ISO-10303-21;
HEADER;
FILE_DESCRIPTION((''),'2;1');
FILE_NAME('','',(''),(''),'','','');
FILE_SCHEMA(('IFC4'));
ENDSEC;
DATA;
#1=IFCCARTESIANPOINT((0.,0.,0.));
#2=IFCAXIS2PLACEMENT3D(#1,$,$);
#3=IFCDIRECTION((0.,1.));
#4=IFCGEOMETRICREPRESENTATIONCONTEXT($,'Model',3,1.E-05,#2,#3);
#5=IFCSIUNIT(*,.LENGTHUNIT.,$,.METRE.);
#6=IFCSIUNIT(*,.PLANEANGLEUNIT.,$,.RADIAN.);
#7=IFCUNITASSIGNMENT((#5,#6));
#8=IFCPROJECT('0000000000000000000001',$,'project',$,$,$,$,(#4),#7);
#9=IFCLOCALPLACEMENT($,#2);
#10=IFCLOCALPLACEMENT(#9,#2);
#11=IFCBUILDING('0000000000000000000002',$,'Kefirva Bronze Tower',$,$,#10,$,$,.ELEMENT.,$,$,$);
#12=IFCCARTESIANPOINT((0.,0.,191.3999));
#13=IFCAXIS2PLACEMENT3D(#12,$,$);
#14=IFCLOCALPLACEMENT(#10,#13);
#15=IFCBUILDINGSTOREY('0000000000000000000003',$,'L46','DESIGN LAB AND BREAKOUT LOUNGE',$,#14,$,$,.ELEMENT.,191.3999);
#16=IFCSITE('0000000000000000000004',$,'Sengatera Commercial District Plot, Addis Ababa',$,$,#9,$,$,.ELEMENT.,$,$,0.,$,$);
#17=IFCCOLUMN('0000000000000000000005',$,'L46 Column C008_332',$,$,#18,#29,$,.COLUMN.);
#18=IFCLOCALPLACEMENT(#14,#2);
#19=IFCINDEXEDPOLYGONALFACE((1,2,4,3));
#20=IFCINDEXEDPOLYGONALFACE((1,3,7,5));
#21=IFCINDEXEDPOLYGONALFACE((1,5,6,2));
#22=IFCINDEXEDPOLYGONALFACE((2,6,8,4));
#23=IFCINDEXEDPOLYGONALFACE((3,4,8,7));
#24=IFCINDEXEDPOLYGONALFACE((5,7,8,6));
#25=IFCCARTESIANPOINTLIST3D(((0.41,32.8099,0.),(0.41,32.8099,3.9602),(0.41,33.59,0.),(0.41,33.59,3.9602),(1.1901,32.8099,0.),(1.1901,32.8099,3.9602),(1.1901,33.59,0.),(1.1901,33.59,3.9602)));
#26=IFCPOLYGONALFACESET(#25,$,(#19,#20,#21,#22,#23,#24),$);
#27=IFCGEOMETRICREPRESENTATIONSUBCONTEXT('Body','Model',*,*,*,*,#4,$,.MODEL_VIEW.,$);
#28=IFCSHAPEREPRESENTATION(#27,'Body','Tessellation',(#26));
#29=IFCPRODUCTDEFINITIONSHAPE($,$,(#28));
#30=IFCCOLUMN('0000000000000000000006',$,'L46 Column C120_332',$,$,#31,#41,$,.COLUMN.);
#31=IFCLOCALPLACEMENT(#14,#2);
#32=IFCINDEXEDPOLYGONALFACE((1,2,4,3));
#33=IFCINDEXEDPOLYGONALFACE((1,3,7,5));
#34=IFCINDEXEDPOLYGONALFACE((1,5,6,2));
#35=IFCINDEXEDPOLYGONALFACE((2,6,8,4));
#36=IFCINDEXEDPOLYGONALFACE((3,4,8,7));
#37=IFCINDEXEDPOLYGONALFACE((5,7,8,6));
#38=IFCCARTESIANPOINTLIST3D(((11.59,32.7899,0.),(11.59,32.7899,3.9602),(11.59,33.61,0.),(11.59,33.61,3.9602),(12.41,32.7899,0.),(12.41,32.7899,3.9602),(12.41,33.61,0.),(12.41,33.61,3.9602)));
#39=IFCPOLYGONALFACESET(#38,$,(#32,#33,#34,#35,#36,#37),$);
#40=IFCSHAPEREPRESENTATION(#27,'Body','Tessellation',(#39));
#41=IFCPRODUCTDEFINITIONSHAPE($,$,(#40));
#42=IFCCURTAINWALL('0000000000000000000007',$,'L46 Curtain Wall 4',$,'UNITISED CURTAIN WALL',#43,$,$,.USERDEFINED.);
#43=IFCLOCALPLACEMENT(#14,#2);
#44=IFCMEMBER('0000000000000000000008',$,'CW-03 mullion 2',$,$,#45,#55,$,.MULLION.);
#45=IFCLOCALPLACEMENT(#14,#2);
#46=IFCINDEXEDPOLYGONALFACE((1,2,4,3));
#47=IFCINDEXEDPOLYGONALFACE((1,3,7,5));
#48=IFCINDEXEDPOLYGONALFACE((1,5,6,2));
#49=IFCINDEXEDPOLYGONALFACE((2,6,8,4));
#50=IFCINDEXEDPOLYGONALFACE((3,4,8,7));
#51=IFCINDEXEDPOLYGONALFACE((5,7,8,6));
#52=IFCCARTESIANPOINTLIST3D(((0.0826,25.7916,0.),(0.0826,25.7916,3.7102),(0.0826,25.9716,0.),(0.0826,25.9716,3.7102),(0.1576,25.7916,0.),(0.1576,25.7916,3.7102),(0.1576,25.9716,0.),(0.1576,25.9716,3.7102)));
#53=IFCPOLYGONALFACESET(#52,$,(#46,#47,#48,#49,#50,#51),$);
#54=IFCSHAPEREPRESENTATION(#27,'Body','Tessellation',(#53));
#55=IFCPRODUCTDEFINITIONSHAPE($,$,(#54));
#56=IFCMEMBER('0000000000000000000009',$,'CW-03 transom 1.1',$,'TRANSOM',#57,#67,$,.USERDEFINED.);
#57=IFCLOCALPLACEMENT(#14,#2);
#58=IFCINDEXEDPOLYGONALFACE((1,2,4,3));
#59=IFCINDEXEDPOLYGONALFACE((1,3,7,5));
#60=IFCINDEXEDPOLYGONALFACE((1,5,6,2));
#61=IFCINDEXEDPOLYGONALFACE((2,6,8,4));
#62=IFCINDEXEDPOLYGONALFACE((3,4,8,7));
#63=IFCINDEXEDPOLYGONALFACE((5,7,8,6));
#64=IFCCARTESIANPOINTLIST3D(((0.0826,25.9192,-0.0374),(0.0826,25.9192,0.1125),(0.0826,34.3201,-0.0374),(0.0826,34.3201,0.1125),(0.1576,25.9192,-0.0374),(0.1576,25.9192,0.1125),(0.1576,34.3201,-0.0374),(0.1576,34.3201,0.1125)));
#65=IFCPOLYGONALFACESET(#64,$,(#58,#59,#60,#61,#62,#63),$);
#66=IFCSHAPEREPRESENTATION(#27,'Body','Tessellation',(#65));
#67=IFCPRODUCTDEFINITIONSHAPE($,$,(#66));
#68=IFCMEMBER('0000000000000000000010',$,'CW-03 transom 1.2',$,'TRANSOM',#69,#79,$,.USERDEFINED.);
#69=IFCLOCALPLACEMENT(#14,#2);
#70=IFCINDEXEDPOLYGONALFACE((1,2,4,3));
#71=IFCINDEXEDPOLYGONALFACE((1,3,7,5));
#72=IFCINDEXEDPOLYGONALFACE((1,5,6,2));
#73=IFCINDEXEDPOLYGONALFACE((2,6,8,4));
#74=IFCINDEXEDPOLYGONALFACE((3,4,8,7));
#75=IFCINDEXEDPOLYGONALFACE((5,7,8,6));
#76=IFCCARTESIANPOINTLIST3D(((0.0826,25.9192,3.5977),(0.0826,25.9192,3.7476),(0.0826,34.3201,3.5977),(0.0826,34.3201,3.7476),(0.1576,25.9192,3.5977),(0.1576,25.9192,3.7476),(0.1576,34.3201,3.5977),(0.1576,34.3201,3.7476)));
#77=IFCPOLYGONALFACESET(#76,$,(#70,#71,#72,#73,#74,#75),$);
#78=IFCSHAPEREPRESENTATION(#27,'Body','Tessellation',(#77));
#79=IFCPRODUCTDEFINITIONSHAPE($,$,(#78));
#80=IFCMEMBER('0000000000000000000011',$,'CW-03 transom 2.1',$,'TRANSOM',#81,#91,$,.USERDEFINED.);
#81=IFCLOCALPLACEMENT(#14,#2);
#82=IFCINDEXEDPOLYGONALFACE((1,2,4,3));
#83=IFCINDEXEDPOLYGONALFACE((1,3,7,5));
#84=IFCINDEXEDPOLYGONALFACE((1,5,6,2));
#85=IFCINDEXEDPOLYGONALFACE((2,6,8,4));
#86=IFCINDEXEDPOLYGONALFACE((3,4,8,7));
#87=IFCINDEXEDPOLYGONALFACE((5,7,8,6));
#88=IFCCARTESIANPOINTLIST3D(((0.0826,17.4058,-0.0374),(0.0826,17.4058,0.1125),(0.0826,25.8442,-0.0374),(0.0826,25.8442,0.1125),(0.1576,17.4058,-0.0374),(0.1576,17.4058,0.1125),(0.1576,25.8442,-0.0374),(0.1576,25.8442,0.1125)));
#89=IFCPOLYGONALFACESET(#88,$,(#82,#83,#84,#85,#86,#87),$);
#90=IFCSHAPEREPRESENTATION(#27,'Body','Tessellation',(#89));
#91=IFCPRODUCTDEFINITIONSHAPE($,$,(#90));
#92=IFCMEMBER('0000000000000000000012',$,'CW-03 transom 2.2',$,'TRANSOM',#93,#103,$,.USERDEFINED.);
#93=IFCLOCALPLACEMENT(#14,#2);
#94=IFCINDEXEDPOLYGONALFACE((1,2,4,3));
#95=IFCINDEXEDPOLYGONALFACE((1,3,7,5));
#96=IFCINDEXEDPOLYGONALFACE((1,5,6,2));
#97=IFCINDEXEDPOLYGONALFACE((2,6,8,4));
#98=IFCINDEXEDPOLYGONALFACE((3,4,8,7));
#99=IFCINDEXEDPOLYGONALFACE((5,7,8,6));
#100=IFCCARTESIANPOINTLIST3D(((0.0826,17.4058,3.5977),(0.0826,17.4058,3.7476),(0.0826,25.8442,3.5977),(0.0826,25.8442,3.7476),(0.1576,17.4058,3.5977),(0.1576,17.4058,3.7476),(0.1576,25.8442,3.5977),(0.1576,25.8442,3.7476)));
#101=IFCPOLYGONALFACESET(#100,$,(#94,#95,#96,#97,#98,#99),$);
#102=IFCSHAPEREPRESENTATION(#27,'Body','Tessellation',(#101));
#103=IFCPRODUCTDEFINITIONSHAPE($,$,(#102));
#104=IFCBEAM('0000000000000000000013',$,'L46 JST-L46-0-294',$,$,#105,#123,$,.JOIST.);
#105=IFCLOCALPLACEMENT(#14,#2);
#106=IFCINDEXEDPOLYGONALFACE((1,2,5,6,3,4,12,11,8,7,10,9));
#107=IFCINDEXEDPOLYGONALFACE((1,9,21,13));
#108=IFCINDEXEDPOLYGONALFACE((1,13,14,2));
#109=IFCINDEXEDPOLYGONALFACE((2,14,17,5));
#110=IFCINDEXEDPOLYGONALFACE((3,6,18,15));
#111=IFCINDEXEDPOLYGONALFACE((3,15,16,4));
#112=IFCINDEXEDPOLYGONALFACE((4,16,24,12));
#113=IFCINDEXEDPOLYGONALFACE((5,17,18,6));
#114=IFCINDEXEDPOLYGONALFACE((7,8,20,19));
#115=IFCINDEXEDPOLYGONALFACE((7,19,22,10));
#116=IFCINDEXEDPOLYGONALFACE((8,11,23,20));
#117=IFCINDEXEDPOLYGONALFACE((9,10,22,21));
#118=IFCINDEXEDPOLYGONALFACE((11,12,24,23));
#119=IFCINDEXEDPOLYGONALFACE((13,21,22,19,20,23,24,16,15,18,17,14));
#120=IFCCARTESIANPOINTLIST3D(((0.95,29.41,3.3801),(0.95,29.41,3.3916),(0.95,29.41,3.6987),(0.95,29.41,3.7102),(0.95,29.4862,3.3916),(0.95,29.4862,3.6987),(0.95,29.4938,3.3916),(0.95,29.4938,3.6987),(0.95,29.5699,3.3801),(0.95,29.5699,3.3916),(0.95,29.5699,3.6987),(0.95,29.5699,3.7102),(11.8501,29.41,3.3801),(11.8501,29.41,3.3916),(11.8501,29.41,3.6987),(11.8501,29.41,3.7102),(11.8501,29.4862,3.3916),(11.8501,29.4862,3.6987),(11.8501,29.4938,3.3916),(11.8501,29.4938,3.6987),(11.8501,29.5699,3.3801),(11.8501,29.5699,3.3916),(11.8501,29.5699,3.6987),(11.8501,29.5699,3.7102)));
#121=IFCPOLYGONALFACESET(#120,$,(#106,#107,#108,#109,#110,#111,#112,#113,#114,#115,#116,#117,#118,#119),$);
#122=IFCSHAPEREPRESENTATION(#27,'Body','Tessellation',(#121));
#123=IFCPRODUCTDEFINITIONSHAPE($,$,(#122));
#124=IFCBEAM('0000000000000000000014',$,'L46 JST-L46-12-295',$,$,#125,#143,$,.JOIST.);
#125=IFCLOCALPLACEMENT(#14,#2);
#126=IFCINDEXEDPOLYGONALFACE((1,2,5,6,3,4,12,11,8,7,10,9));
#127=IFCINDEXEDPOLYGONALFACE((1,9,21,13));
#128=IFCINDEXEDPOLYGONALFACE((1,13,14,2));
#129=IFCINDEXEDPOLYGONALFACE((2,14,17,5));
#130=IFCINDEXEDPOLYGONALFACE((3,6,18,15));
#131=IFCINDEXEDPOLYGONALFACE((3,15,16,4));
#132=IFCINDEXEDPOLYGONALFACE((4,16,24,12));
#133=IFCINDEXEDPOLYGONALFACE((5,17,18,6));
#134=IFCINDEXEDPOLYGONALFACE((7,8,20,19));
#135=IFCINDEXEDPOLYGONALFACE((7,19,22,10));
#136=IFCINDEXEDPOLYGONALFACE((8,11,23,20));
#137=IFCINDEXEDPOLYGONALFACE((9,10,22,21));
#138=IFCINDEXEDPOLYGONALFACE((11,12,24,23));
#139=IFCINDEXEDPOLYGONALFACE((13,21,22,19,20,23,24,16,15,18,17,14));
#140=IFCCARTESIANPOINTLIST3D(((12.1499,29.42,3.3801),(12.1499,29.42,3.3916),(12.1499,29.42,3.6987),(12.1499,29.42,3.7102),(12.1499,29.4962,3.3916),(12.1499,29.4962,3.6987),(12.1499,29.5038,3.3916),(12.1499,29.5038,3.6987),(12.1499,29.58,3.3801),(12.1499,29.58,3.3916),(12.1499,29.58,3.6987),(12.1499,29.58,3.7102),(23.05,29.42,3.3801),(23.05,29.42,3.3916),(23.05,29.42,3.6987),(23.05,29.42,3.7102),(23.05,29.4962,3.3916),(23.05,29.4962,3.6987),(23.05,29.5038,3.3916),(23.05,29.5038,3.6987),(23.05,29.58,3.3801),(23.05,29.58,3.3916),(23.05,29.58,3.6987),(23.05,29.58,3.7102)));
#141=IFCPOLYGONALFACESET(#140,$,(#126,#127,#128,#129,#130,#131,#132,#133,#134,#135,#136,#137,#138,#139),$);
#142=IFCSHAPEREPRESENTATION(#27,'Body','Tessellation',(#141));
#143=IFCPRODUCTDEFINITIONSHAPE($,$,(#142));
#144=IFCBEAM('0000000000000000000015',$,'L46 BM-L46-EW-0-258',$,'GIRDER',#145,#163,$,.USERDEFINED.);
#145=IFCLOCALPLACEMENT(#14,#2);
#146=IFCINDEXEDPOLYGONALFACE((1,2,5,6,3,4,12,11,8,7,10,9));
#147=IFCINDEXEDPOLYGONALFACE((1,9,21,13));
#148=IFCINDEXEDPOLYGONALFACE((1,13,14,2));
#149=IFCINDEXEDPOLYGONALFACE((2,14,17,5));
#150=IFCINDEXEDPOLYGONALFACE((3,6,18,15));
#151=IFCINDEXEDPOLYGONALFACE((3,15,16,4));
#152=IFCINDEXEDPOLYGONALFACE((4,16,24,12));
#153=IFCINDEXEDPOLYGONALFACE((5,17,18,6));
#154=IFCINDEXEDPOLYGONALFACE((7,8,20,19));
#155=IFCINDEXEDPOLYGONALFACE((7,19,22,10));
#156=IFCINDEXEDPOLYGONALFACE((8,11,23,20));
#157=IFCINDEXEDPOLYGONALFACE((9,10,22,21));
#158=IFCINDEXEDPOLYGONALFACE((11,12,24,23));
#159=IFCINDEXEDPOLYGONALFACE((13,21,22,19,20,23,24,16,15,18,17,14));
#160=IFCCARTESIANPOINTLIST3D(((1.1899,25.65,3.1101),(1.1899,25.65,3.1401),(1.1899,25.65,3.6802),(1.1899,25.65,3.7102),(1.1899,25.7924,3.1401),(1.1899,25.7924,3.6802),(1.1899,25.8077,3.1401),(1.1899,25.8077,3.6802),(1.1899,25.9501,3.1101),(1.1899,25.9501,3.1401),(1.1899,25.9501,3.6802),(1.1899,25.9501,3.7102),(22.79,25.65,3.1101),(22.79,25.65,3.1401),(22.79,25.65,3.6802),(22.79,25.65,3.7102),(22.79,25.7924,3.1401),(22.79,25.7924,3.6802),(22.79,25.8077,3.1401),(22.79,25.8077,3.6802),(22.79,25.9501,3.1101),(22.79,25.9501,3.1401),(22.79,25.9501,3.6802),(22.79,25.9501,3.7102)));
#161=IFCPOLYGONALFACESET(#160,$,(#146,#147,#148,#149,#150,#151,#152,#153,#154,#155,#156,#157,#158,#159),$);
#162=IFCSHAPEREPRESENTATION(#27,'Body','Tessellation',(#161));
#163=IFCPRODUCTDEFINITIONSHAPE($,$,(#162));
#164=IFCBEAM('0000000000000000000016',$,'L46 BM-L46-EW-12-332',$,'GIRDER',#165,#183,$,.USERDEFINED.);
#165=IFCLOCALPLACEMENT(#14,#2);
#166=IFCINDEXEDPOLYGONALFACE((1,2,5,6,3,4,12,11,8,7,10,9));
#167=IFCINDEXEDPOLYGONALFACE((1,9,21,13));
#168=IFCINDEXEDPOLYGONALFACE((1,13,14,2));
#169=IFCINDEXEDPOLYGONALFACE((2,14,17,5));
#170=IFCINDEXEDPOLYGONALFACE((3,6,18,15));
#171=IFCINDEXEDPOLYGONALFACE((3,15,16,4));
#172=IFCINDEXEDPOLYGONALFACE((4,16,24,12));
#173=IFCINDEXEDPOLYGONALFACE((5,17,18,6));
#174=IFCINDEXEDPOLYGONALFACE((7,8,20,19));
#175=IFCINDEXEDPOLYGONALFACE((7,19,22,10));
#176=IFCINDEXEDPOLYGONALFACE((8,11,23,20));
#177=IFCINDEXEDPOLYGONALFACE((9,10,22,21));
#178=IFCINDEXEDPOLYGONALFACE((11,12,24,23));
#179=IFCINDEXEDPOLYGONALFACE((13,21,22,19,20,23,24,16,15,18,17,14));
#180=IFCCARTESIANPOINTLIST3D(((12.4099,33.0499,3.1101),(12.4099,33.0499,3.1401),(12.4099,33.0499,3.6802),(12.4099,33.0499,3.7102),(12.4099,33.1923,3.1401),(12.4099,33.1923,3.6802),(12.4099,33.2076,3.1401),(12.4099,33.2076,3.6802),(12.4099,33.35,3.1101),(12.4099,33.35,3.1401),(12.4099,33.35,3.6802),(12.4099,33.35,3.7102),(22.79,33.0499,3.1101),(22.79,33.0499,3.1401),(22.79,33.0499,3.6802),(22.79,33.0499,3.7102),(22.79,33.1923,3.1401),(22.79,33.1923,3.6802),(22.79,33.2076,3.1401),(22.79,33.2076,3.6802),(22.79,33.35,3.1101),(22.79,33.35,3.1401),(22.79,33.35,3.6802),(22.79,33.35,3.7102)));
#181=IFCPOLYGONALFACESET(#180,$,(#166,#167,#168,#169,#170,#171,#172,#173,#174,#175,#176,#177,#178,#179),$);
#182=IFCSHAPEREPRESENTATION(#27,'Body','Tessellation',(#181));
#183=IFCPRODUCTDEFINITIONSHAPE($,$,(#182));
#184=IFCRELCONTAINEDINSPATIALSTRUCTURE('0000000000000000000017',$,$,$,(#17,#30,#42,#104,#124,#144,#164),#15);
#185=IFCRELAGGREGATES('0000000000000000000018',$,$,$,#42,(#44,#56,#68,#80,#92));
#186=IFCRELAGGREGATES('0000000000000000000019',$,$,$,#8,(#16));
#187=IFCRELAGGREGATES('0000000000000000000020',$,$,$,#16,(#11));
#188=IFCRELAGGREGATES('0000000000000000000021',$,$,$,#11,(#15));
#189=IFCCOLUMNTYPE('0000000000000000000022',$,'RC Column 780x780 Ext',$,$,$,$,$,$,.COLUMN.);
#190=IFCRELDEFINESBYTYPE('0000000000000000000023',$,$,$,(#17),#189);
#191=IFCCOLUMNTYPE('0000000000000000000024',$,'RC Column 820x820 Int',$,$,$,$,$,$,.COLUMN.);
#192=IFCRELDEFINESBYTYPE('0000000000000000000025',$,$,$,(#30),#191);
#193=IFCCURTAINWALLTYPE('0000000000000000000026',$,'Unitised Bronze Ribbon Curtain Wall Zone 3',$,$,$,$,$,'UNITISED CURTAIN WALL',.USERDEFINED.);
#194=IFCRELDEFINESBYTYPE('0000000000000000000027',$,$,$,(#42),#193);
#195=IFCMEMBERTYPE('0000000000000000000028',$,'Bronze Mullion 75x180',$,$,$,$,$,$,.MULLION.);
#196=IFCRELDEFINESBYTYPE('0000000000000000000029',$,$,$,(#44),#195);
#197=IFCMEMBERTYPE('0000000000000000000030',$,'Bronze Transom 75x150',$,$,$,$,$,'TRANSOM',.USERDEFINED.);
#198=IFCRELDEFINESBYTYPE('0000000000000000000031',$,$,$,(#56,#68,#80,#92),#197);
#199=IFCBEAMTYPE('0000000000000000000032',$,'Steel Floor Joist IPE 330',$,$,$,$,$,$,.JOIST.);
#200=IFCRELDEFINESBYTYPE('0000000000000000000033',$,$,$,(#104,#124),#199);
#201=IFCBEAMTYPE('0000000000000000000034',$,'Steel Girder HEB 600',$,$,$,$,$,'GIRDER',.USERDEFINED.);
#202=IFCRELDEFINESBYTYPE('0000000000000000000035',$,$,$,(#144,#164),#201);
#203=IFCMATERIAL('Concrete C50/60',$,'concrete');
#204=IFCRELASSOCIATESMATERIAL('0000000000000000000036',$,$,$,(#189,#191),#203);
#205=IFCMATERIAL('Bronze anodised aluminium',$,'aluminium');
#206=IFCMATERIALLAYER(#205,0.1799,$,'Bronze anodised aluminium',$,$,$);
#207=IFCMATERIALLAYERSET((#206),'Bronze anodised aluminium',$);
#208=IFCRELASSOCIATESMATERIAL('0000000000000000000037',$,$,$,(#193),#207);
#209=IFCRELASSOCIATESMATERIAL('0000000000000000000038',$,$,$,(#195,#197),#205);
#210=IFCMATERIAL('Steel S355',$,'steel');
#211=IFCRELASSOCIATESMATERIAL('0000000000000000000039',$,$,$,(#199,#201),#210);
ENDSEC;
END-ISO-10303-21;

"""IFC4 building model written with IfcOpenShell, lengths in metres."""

from ifc_helpers import new_model, si_unit, direction, frame, origin, origin_2d, place, context, subcontext, project, spatial, rectangle, i_section, extrude, material, layer, layer_set, material_profile, profile_set, type_object, element, aggregate, save


model = new_model("IFC4")

# Units and contexts
model_context = context("Model", 3, precision=1e-05, world=origin(), true_north=direction((0.0, 1.0)))
body_context = subcontext(model_context, "Body", "Model", "MODEL_VIEW")
ifc_project = project(units=[si_unit("LENGTHUNIT", "METRE"), si_unit("PLANEANGLEUNIT", "RADIAN")], contexts=[model_context])

# Site, building, storey
site_placement = place(None, origin())
site = spatial("IfcSite", under=ifc_project, at=site_placement, Name="Sengatera Commercial District Plot, Addis Ababa", CompositionType="ELEMENT", RefElevation=0.0)
building_placement = place(site_placement, origin())
building = spatial("IfcBuilding", under=site, at=building_placement, Name="Kefirva Bronze Tower", CompositionType="ELEMENT")
storey_placement = place(building_placement, frame((0.0, 0.0, 191.3999)))
storey = spatial("IfcBuildingStorey", under=building, at=storey_placement, Name="L46", Description="DESIGN LAB AND BREAKOUT LOUNGE", CompositionType="ELEMENT", Elevation=191.3999)

# Columns
ifc_material_1 = material(Name="Concrete C50/60", Category="concrete")
ifc_material_profile_1 = material_profile(ifc_material_1, rectangle(XDim=0.78, YDim=0.78, at=origin_2d()), Name="RC 780x780")
ifc_profile_set_1 = profile_set([ifc_material_profile_1], Name="Concrete C50/60")
column_type_1 = type_object("IfcColumnType", Name="RC Column 780x780 Ext", PredefinedType="COLUMN", material=ifc_profile_set_1)
column_1_placement = place(storey_placement, frame((0.8, 33.2, 0.0), z_axis=(0.0, 0.0, 1.0), x_axis=(1.0, 0.0, 0.0)))
element("IfcColumn", 1, at=column_1_placement, inside=storey, type_object=column_type_1, Name="L46 Column C008_332", PredefinedType="COLUMN", context=body_context, shape_type="SweptSolid", body=[
    extrude(rectangle(XDim=0.78, YDim=0.78, at=origin_2d()), origin(), (0.0, 0.0, 1.0), 3.9602),
])
ifc_material_profile_2 = material_profile(ifc_material_1, rectangle(XDim=0.8201, YDim=0.8201, at=origin_2d()), Name="RC 820x820")
ifc_profile_set_2 = profile_set([ifc_material_profile_2], Name="Concrete C50/60")
column_type_2 = type_object("IfcColumnType", Name="RC Column 820x820 Int", PredefinedType="COLUMN", material=ifc_profile_set_2)
column_2_placement = place(storey_placement, frame((12.0, 33.2, 0.0), z_axis=(0.0, 0.0, 1.0), x_axis=(1.0, 0.0, 0.0)))
element("IfcColumn", 2, at=column_2_placement, inside=storey, type_object=column_type_2, Name="L46 Column C120_332", PredefinedType="COLUMN", context=body_context, shape_type="SweptSolid", body=[
    extrude(rectangle(XDim=0.8201, YDim=0.8201, at=origin_2d()), origin(), (0.0, 0.0, 1.0), 3.9602),
])

# Curtain wall, members
ifc_material_2 = material(Name="Bronze anodised aluminium", Category="aluminium")
ifc_layer_1 = layer(ifc_material_2, 0.1799, Name="Bronze anodised aluminium")
ifc_layer_set_1 = layer_set([ifc_layer_1], Name="Bronze anodised aluminium")
curtain_wall_type = type_object("IfcCurtainWallType", Name="Unitised Bronze Ribbon Curtain Wall Zone 3", ElementType="UNITISED CURTAIN WALL", PredefinedType="USERDEFINED", material=ifc_layer_set_1)
curtain_wall_placement = place(storey_placement, origin())
curtain_wall = element("IfcCurtainWall", 3, at=curtain_wall_placement, inside=storey, type_object=curtain_wall_type, Name="L46 Curtain Wall 4", ObjectType="UNITISED CURTAIN WALL", PredefinedType="USERDEFINED")
ifc_material_profile_3 = material_profile(ifc_material_2, rectangle(XDim=0.075, YDim=0.1799, at=origin_2d()), Name="ALU 75x180")
ifc_profile_set_3 = profile_set([ifc_material_profile_3], Name="Bronze anodised aluminium")
member_type_1 = type_object("IfcMemberType", Name="Bronze Mullion 75x180", PredefinedType="MULLION", material=ifc_profile_set_3)
member_1_placement = place(storey_placement, frame((0.1201, 25.8816, 0.0), z_axis=(0.0, 0.0, 1.0), x_axis=(1.0, 0.0, 0.0)))
member_1 = element("IfcMember", 4, at=member_1_placement, type_object=member_type_1, Name="CW-03 mullion 2", PredefinedType="MULLION", context=body_context, shape_type="SweptSolid", body=[
    extrude(rectangle(XDim=0.075, YDim=0.1799, at=origin_2d()), origin(), (0.0, 0.0, 1.0), 3.7102),
])
ifc_material_profile_4 = material_profile(ifc_material_2, rectangle(XDim=0.075, YDim=0.1499, at=origin_2d()), Name="ALU 75x150")
ifc_profile_set_4 = profile_set([ifc_material_profile_4], Name="Bronze anodised aluminium")
member_type_2 = type_object("IfcMemberType", Name="Bronze Transom 75x150", ElementType="TRANSOM", PredefinedType="USERDEFINED", material=ifc_profile_set_4)
member_2_placement = place(storey_placement, frame((0.1201, 34.3201, 0.0376), z_axis=(0.0, -1.0, 0.0), x_axis=(1.0, 0.0, 0.0)))
member_2 = element("IfcMember", 5, at=member_2_placement, type_object=member_type_2, Name="CW-03 transom 1.1", ObjectType="TRANSOM", PredefinedType="USERDEFINED", context=body_context, shape_type="SweptSolid", body=[
    extrude(rectangle(XDim=0.075, YDim=0.1499, at=origin_2d()), origin(), (0.0, 0.0, 1.0), 8.4009),
])
member_3_placement = place(storey_placement, frame((0.1201, 34.3201, 3.6726), z_axis=(0.0, -1.0, 0.0), x_axis=(1.0, 0.0, 0.0)))
member_3 = element("IfcMember", 6, at=member_3_placement, type_object=member_type_2, Name="CW-03 transom 1.2", ObjectType="TRANSOM", PredefinedType="USERDEFINED", context=body_context, shape_type="SweptSolid", body=[
    extrude(rectangle(XDim=0.075, YDim=0.1499, at=origin_2d()), origin(), (0.0, 0.0, 1.0), 8.4009),
])
member_4_placement = place(storey_placement, frame((0.1201, 25.8442, 0.0376), z_axis=(0.0, -1.0, 0.0), x_axis=(1.0, 0.0, 0.0)))
member_4 = element("IfcMember", 7, at=member_4_placement, type_object=member_type_2, Name="CW-03 transom 2.1", ObjectType="TRANSOM", PredefinedType="USERDEFINED", context=body_context, shape_type="SweptSolid", body=[
    extrude(rectangle(XDim=0.075, YDim=0.1499, at=origin_2d()), origin(), (0.0, 0.0, 1.0), 8.4385),
])
member_5_placement = place(storey_placement, frame((0.1201, 25.8442, 3.6726), z_axis=(0.0, -1.0, 0.0), x_axis=(1.0, 0.0, 0.0)))
member_5 = element("IfcMember", 8, at=member_5_placement, type_object=member_type_2, Name="CW-03 transom 2.2", ObjectType="TRANSOM", PredefinedType="USERDEFINED", context=body_context, shape_type="SweptSolid", body=[
    extrude(rectangle(XDim=0.075, YDim=0.1499, at=origin_2d()), origin(), (0.0, 0.0, 1.0), 8.4385),
])

# Beams
ifc_material_3 = material(Name="Steel S355", Category="steel")
ifc_material_profile_5 = material_profile(ifc_material_3, i_section(OverallWidth=0.1599, OverallDepth=0.3301, WebThickness=0.0076, FlangeThickness=0.0115, at=origin_2d()), Name="IPE 330")
ifc_profile_set_5 = profile_set([ifc_material_profile_5], Name="Steel S355")
beam_type_1 = type_object("IfcBeamType", Name="Steel Floor Joist IPE 330", PredefinedType="JOIST", material=ifc_profile_set_5)
for number, where, z_axis, x_axis, name in (
    (9, (0.95, 29.49, 3.5452), (1.0, 0.0, 0.0), (0.0, 1.0, 0.0), "L46 JST-L46-0-294"),
    (10, (12.1499, 29.5, 3.5452), (1.0, 0.0, 0.0), (0.0, 1.0, 0.0), "L46 JST-L46-12-295"),
):
    element("IfcBeam", number, at=place(storey_placement, frame(where, z_axis=z_axis, x_axis=x_axis)), inside=storey, type_object=beam_type_1, Name=name, PredefinedType="JOIST", context=body_context, shape_type="SweptSolid", body=[
        extrude(i_section(OverallWidth=0.1599, OverallDepth=0.3301, WebThickness=0.0076, FlangeThickness=0.0115, at=origin_2d()), origin(), (0.0, 0.0, 1.0), 10.9001),
    ])
ifc_material_profile_6 = material_profile(ifc_material_3, i_section(OverallWidth=0.3, OverallDepth=0.6001, WebThickness=0.0154, FlangeThickness=0.03, at=origin_2d()), Name="HEB 600")
ifc_profile_set_6 = profile_set([ifc_material_profile_6], Name="Steel S355")
beam_type_2 = type_object("IfcBeamType", Name="Steel Girder HEB 600", ElementType="GIRDER", PredefinedType="USERDEFINED", material=ifc_profile_set_6)
beam_1_placement = place(storey_placement, frame((1.1899, 25.8, 3.4102), z_axis=(1.0, 0.0, 0.0), x_axis=(0.0, 1.0, 0.0)))
element("IfcBeam", 11, at=beam_1_placement, inside=storey, type_object=beam_type_2, Name="L46 BM-L46-EW-0-258", ObjectType="GIRDER", PredefinedType="USERDEFINED", context=body_context, shape_type="SweptSolid", body=[
    extrude(i_section(OverallWidth=0.3, OverallDepth=0.6001, WebThickness=0.0154, FlangeThickness=0.03, at=origin_2d()), origin(), (0.0, 0.0, 1.0), 21.6001),
])
beam_2_placement = place(storey_placement, frame((12.4099, 33.2, 3.4102), z_axis=(1.0, 0.0, 0.0), x_axis=(0.0, 1.0, 0.0)))
element("IfcBeam", 12, at=beam_2_placement, inside=storey, type_object=beam_type_2, Name="L46 BM-L46-EW-12-332", ObjectType="GIRDER", PredefinedType="USERDEFINED", context=body_context, shape_type="SweptSolid", body=[
    extrude(i_section(OverallWidth=0.3, OverallDepth=0.6001, WebThickness=0.0154, FlangeThickness=0.03, at=origin_2d()), origin(), (0.0, 0.0, 1.0), 10.3801),
])

aggregate(curtain_wall, [member_1, member_2, member_3, member_4, member_5])

save(model, "model.ifc")
